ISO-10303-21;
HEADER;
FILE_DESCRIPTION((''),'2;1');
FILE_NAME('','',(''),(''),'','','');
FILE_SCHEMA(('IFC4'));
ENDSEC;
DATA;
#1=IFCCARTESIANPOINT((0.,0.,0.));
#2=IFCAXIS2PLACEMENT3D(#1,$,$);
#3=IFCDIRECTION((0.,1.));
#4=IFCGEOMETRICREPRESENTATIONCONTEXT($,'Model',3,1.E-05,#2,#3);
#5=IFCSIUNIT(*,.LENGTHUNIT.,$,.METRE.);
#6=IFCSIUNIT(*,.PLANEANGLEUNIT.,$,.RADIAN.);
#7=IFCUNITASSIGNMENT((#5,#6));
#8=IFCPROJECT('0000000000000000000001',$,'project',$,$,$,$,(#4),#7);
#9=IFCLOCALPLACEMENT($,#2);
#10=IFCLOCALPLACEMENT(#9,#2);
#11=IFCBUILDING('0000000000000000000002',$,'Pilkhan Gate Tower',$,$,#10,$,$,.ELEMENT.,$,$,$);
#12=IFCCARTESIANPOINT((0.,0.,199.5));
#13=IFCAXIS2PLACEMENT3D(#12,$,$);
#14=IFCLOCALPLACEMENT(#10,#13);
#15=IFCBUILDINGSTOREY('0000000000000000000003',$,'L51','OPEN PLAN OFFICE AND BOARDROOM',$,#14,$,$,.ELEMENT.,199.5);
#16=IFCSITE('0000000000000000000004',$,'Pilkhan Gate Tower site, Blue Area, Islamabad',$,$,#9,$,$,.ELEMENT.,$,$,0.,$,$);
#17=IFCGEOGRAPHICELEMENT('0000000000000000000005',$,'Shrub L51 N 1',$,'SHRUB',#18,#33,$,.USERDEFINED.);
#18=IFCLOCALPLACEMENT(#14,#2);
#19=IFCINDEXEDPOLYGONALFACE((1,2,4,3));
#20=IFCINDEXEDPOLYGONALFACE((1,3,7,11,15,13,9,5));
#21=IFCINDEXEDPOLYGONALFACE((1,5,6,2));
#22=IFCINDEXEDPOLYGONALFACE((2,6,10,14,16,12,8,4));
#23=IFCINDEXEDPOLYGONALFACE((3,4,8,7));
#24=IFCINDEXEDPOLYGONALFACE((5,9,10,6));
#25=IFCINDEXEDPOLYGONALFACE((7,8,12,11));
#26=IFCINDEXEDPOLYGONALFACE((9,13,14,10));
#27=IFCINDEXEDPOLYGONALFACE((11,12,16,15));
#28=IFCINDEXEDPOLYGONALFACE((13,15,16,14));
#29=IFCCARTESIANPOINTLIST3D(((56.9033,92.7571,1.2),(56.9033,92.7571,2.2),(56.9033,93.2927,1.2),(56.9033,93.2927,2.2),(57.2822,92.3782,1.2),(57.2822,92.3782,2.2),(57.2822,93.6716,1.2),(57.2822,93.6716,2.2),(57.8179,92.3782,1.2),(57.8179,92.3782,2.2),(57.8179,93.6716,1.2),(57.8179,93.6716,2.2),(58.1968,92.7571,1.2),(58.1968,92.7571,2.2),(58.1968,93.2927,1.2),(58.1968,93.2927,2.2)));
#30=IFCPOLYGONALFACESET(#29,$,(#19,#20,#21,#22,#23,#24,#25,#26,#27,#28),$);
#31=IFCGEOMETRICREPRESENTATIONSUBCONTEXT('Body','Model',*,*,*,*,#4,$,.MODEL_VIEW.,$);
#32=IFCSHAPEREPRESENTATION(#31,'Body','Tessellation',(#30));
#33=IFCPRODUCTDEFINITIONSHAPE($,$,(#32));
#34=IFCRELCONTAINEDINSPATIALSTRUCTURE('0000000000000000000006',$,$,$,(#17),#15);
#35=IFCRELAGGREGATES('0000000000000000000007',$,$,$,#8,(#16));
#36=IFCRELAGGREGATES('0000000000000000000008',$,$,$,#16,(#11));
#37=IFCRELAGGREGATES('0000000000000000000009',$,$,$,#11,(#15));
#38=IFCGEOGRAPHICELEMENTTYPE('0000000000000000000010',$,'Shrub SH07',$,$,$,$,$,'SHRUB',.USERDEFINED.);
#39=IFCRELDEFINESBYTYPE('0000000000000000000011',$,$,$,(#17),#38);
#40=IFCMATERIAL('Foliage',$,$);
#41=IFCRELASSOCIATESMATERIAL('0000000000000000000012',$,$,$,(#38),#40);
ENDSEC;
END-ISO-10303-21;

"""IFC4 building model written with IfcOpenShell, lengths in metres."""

from ifc_helpers import new_model, si_unit, direction, frame, origin, place, context, subcontext, project, spatial, polyline, outline, extrude, material, material_profile, profile_set, type_object, element, save


model = new_model("IFC4")

# Units and contexts
model_context = context("Model", 3, precision=1e-05, world=origin(), true_north=direction((0.0, 1.0)))
body_context = subcontext(model_context, "Body", "Model", "MODEL_VIEW")
ifc_project = project(units=[si_unit("LENGTHUNIT", "METRE"), si_unit("PLANEANGLEUNIT", "RADIAN")], contexts=[model_context])

# Site, building, storey
site_placement = place(None, origin())
site = spatial("IfcSite", under=ifc_project, at=site_placement, Name="Pilkhan Gate Tower site, Blue Area, Islamabad", CompositionType="ELEMENT", RefElevation=0.0)
building_placement = place(site_placement, origin())
building = spatial("IfcBuilding", under=site, at=building_placement, Name="Pilkhan Gate Tower", CompositionType="ELEMENT")
storey_placement = place(building_placement, frame((0.0, 0.0, 199.5)))
storey = spatial("IfcBuildingStorey", under=building, at=storey_placement, Name="L51", Description="OPEN PLAN OFFICE AND BOARDROOM", CompositionType="ELEMENT", Elevation=199.5)

# Geographic element
ifc_material_1 = material(Name="Foliage")
ifc_material_profile_1 = material_profile(ifc_material_1, outline(polyline([(0.6467, 0.2678), (0.2678, 0.6467), (-0.2678, 0.6467), (-0.6467, 0.2678), (-0.6467, -0.2678), (-0.2678, -0.6467), (0.2678, -0.6467), (0.6467, -0.2678), (0.6467, 0.2678)])), Name="Shrub D1.4")
ifc_profile_set_1 = profile_set([ifc_material_profile_1], Name="Foliage")
geographic_element_type_1 = type_object("IfcGeographicElementType", Name="Shrub SH07", ElementType="SHRUB", PredefinedType="USERDEFINED", material=ifc_profile_set_1)
geographic_element_1_placement = place(storey_placement, frame((57.55, 93.0249, 1.2), z_axis=(0.0, 0.0, 1.0), x_axis=(1.0, 0.0, 0.0)))
element("IfcGeographicElement", 1, at=geographic_element_1_placement, inside=storey, type_object=geographic_element_type_1, Name="Shrub L51 N 1", ObjectType="SHRUB", PredefinedType="USERDEFINED", context=body_context, shape_type="SweptSolid", body=[
    extrude(outline(polyline([(0.6467, 0.2678), (0.2678, 0.6467), (-0.2678, 0.6467), (-0.6467, 0.2678), (-0.6467, -0.2678), (-0.2678, -0.6467), (0.2678, -0.6467), (0.6467, -0.2678), (0.6467, 0.2678)])), origin(), (0.0, 0.0, 1.0), 1.0),
])

save(model, "model.ifc")
